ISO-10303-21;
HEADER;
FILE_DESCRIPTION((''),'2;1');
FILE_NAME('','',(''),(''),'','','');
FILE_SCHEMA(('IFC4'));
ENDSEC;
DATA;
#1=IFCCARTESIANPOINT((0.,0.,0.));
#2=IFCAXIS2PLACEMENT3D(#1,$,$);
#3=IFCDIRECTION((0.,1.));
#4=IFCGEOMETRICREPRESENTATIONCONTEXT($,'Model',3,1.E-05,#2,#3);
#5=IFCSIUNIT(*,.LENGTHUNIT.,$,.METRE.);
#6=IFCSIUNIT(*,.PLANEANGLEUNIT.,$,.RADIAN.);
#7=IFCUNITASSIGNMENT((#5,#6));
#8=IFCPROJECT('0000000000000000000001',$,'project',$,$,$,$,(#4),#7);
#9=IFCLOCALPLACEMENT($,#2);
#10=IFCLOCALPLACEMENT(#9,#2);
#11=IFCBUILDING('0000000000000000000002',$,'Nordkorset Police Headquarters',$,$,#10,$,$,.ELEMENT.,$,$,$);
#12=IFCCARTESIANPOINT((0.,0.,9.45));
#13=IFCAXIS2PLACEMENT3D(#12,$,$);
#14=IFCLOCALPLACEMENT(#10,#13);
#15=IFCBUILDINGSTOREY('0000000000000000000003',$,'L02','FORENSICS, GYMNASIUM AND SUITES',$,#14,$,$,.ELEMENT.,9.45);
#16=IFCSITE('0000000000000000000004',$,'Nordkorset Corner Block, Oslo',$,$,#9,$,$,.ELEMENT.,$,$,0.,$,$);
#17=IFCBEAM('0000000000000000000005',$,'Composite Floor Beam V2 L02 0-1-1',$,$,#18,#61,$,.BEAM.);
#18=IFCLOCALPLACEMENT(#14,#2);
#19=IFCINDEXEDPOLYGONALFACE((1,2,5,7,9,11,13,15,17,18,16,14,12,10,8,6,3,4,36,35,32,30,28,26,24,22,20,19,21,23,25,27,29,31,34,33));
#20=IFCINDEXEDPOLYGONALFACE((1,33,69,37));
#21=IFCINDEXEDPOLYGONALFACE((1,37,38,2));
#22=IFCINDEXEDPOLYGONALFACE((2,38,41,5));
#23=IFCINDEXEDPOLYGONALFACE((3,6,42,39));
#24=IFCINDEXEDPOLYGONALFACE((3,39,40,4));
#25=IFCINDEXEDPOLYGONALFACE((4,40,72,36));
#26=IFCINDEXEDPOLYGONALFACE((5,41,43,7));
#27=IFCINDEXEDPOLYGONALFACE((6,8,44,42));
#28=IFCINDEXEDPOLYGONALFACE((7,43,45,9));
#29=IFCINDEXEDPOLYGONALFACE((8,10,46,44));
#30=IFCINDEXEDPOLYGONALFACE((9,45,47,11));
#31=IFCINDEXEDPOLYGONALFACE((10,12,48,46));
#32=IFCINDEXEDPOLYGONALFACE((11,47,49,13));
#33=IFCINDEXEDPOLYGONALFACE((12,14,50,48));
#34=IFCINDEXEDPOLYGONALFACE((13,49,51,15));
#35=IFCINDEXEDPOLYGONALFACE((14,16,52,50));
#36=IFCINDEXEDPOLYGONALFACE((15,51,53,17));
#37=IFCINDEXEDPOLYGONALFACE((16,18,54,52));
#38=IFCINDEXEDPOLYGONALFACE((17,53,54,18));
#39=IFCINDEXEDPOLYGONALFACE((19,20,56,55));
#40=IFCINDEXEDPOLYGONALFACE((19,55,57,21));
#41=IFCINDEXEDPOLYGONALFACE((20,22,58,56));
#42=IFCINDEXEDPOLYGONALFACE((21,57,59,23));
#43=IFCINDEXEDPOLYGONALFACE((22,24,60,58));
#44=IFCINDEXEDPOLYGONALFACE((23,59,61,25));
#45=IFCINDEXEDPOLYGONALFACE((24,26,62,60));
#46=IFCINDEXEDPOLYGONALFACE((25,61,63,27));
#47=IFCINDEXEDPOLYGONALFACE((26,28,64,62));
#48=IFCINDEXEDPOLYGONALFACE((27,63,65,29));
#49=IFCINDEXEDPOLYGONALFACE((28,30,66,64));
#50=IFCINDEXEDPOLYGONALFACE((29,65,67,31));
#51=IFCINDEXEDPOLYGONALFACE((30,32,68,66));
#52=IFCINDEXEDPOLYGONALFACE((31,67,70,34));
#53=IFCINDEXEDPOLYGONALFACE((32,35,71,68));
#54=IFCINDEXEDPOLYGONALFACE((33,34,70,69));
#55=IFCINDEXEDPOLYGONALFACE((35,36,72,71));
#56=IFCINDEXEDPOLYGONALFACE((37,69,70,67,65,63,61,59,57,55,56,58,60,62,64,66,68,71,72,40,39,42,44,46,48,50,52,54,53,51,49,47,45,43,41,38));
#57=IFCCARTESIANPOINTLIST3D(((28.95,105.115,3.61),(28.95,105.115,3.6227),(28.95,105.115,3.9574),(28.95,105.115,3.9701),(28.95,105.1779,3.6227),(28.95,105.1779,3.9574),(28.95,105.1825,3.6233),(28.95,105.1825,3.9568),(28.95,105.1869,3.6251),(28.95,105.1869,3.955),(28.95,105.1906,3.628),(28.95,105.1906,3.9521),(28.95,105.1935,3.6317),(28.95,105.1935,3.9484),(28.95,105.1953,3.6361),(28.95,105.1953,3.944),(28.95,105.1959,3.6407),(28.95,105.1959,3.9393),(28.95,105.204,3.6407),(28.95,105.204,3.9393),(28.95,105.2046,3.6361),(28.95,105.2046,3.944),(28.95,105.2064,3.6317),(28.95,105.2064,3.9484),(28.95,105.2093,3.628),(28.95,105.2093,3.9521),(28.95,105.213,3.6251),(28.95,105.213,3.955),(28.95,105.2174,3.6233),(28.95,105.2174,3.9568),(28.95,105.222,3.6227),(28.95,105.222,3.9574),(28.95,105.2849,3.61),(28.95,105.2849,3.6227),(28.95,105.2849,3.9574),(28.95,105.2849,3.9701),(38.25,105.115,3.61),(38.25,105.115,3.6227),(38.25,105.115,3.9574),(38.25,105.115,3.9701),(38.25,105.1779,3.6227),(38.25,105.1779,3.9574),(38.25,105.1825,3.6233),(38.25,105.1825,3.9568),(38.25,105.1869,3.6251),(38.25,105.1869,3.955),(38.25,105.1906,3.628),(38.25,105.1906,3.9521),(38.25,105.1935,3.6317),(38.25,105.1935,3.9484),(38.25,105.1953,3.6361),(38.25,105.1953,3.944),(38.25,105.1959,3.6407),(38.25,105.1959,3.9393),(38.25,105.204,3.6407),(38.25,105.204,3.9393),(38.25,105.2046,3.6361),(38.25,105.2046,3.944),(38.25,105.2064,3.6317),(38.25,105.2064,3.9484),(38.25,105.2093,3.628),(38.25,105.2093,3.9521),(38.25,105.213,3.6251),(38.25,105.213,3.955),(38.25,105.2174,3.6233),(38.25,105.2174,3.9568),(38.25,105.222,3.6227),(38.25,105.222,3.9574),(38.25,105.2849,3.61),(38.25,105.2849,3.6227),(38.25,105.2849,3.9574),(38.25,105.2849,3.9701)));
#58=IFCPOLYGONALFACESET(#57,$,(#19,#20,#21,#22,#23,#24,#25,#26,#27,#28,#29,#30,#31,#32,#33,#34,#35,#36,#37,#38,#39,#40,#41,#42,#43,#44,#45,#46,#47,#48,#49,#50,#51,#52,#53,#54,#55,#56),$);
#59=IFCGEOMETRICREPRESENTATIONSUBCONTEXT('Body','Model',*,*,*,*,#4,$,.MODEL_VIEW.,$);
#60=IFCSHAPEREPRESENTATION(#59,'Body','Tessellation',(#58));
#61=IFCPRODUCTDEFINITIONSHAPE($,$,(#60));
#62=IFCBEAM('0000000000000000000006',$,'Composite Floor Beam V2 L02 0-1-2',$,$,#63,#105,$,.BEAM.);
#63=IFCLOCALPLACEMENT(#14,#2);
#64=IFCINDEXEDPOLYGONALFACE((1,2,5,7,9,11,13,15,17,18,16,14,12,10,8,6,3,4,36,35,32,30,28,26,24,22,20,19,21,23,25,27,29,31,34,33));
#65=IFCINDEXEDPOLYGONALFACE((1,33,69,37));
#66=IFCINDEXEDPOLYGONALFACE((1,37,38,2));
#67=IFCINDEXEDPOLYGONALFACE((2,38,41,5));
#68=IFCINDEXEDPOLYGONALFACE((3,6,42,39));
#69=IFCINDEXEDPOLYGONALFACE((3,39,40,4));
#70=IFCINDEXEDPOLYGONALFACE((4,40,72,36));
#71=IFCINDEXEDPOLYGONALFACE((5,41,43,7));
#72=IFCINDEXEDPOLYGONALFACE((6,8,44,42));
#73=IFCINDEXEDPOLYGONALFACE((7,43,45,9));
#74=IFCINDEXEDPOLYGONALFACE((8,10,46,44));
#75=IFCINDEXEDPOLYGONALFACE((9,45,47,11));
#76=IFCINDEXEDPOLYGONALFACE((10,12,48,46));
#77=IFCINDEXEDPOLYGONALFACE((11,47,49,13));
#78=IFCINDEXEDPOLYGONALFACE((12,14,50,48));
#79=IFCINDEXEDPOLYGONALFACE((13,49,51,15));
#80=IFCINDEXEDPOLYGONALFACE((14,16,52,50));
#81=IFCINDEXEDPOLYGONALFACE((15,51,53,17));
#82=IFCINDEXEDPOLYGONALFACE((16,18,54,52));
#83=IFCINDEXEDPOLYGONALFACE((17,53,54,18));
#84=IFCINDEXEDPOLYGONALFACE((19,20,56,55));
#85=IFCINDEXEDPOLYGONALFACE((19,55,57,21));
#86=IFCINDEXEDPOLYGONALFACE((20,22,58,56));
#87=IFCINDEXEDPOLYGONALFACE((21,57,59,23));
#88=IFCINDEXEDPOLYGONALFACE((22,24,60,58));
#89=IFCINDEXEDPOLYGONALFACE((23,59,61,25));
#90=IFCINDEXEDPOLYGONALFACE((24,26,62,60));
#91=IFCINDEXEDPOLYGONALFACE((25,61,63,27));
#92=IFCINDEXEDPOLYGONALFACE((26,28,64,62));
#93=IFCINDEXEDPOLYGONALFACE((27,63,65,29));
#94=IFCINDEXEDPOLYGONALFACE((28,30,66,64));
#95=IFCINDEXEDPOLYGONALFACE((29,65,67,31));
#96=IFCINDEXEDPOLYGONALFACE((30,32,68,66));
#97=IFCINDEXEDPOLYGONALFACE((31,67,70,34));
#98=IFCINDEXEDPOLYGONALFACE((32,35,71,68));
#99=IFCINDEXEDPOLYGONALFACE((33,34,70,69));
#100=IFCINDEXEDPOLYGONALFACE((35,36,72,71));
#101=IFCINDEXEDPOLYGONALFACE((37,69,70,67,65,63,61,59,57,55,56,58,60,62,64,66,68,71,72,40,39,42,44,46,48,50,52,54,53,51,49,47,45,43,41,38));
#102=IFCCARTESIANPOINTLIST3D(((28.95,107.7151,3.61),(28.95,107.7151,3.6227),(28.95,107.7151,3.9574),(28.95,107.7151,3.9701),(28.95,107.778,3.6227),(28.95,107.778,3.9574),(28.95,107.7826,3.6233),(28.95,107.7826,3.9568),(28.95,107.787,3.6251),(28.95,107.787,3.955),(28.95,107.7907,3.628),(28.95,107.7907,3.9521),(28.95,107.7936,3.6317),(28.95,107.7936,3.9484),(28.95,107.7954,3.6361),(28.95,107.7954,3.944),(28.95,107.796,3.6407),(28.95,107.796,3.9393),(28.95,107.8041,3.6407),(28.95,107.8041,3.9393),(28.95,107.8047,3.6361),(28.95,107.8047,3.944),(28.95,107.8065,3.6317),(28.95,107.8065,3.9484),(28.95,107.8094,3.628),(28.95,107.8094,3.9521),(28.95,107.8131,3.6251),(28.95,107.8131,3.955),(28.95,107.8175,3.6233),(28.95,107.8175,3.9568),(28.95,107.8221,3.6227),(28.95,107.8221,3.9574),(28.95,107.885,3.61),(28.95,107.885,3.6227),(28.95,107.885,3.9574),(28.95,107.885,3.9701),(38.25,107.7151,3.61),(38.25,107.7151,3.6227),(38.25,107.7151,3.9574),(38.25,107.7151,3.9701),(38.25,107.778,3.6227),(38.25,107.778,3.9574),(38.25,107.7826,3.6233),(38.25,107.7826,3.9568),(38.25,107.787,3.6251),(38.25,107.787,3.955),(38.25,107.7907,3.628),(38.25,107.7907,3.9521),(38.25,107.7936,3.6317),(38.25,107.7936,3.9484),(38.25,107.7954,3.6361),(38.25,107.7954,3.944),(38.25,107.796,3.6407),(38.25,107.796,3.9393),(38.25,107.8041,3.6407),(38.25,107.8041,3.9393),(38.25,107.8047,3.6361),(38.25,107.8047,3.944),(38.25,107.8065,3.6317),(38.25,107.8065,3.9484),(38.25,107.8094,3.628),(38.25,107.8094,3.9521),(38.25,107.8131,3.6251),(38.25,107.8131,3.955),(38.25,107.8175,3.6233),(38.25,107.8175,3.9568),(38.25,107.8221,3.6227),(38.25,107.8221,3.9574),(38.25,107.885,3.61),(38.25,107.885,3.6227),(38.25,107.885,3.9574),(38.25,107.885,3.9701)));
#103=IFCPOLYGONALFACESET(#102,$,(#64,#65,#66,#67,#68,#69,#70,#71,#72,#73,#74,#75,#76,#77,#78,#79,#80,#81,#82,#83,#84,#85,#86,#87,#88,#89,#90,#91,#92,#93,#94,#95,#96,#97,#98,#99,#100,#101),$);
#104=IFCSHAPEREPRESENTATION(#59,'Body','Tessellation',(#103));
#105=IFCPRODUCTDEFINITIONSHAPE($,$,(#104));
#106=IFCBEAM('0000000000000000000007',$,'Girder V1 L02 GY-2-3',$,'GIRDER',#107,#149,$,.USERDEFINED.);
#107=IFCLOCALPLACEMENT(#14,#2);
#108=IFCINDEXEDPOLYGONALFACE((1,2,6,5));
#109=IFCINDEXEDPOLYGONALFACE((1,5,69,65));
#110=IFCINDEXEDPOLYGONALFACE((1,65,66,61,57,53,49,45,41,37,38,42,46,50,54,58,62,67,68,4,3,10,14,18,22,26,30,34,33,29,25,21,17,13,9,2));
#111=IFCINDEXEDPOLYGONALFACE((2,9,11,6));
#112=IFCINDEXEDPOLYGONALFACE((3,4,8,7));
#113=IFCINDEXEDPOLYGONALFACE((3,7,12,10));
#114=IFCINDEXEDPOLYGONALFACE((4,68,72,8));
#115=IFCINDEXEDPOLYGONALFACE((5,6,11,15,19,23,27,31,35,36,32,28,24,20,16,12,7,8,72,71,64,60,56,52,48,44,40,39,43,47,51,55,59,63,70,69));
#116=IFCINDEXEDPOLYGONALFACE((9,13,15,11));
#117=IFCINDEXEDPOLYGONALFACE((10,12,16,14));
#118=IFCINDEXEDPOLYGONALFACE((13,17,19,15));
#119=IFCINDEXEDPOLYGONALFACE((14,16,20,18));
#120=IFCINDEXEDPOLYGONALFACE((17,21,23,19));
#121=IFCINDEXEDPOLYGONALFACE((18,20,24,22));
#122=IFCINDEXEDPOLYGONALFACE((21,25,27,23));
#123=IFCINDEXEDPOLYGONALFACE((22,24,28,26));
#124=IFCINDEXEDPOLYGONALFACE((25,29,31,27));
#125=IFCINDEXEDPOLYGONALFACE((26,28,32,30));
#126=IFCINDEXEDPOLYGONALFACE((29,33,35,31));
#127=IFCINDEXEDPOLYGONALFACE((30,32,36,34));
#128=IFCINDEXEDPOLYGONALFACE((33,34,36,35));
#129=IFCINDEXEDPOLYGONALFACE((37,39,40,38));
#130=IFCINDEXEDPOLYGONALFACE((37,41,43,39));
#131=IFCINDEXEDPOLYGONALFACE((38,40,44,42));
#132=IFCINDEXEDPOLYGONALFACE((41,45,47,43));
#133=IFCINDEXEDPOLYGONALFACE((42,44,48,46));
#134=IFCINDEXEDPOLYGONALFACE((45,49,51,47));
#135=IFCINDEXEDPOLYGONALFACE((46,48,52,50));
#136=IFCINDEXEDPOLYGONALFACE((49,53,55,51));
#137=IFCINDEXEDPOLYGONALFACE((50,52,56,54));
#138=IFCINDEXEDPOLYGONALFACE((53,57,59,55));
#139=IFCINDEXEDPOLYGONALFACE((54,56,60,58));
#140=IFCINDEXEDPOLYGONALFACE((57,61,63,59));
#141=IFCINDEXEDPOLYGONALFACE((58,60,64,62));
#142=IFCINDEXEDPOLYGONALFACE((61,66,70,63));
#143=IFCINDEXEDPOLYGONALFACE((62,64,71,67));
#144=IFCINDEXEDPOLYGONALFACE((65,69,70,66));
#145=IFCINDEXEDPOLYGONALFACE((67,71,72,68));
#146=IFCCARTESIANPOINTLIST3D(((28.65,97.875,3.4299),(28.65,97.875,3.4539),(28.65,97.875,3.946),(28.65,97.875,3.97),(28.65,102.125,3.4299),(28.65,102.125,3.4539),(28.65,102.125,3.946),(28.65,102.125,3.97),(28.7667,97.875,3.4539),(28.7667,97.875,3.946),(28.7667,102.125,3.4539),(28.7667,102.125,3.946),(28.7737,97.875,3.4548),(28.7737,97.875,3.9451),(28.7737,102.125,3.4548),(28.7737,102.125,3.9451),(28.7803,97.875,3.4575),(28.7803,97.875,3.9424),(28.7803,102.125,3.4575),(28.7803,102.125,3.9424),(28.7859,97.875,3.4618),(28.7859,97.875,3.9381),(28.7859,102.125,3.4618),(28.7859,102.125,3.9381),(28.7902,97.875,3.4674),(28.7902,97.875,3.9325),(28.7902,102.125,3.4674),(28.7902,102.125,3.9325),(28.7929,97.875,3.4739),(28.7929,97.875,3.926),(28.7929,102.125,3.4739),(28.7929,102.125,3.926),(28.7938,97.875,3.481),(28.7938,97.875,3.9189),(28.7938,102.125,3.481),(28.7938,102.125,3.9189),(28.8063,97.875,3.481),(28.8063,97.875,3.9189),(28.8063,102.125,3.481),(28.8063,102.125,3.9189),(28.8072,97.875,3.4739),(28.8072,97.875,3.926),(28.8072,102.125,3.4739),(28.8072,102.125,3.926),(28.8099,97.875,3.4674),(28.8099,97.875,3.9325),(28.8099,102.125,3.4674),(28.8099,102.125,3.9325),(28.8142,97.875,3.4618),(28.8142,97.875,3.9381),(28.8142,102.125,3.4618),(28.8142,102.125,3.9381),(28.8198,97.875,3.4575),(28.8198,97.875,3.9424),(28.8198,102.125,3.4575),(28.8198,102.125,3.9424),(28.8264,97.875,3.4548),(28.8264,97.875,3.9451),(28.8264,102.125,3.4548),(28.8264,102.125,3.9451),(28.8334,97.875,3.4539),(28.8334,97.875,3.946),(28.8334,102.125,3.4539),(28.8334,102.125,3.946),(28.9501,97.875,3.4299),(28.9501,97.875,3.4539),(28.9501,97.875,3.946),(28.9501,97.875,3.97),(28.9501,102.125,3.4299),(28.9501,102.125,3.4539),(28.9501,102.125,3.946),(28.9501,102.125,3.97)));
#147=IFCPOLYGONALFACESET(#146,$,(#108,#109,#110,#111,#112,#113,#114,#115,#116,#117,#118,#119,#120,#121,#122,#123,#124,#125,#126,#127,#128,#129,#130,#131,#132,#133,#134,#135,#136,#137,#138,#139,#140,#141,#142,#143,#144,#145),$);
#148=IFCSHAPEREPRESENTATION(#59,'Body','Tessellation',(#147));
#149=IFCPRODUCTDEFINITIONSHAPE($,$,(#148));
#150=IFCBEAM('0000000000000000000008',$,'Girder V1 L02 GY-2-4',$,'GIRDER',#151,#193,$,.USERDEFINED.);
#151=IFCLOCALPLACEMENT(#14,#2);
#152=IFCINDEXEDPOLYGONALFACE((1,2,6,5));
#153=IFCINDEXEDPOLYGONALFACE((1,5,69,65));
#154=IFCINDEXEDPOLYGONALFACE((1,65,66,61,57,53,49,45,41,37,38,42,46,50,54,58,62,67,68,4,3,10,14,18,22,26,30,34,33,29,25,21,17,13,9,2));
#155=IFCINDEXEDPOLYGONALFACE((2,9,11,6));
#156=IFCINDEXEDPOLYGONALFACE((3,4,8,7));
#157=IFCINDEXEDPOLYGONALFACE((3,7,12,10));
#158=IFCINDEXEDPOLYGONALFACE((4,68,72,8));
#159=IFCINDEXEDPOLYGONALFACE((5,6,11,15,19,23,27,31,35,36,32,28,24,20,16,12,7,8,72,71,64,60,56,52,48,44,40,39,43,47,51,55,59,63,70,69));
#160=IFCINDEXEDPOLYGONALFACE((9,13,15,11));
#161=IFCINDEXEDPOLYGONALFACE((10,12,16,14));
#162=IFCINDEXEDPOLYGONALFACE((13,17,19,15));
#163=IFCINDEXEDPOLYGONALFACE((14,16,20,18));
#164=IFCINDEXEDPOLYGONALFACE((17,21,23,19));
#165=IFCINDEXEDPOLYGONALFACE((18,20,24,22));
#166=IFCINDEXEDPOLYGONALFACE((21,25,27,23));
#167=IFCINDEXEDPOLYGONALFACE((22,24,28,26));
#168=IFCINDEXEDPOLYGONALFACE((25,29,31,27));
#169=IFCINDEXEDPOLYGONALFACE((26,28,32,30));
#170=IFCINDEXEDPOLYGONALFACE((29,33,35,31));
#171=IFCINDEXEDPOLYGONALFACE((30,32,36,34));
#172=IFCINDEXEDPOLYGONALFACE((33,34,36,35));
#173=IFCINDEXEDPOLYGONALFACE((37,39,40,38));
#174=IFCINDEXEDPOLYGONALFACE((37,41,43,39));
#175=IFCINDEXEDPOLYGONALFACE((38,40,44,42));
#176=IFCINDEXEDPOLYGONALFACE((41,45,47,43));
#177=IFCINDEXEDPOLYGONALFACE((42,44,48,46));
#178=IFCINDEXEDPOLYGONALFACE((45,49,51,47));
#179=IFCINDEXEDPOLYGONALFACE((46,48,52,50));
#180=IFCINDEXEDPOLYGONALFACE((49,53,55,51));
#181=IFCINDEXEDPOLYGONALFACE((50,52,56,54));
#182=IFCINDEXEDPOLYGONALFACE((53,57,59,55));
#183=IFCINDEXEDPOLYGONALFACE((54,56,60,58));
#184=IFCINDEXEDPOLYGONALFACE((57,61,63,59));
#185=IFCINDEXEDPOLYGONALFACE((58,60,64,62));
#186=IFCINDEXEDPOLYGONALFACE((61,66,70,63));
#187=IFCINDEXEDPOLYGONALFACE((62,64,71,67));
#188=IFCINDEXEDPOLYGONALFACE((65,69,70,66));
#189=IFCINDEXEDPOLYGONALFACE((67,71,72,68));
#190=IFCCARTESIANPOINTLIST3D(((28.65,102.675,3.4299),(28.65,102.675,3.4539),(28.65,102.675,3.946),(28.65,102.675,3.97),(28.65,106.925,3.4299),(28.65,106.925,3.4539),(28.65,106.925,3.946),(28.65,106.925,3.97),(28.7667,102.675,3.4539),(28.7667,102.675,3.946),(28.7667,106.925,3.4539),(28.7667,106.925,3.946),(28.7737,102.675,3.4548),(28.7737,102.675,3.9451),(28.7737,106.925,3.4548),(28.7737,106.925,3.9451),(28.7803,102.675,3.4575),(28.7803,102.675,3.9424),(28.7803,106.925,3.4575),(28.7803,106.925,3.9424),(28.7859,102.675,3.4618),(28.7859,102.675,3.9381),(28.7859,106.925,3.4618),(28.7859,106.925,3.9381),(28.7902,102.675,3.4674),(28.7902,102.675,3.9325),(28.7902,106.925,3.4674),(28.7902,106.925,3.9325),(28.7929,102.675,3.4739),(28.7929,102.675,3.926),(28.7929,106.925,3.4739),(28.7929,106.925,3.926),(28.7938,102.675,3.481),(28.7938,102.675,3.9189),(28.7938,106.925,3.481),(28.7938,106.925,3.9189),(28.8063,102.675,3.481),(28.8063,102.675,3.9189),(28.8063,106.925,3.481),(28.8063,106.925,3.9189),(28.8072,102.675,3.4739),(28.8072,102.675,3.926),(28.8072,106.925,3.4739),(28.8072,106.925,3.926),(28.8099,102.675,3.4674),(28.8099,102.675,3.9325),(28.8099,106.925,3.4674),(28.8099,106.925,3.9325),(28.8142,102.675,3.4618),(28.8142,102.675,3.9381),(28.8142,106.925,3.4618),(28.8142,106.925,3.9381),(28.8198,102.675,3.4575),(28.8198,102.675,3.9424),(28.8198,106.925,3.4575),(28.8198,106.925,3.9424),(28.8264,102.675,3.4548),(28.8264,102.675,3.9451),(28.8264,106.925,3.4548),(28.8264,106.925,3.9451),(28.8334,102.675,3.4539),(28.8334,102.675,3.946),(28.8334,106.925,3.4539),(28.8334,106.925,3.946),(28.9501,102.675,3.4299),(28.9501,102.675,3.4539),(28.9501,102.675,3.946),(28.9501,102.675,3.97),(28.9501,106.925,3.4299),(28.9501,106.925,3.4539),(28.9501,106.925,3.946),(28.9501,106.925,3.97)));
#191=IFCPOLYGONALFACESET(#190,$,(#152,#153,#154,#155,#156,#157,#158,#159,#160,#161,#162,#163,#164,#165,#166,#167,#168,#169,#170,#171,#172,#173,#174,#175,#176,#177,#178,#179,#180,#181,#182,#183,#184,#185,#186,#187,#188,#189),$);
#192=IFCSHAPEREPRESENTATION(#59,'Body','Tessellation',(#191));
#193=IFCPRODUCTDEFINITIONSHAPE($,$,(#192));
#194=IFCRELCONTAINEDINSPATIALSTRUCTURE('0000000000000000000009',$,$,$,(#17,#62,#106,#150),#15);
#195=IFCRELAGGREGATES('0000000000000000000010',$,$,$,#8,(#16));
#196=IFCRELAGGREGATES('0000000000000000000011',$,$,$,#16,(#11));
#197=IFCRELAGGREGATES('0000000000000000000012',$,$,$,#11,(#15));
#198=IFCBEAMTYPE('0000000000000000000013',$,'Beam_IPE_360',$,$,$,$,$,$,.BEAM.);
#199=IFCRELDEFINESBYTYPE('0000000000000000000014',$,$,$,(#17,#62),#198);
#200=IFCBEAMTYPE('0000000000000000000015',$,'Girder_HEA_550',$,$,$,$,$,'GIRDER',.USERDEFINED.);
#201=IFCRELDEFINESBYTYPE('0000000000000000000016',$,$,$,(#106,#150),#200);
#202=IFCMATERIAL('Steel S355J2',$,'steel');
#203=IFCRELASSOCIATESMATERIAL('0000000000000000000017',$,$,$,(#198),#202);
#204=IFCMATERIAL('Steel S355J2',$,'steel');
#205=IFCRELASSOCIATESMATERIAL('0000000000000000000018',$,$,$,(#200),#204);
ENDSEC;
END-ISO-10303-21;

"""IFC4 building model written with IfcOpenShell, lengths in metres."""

from ifc_helpers import new_model, si_unit, direction, frame, origin, origin_2d, place, context, subcontext, project, spatial, i_section, extrude, material, material_profile, profile_set, type_object, element, save


model = new_model("IFC4")

# Units and contexts
model_context = context("Model", 3, precision=1e-05, world=origin(), true_north=direction((0.0, 1.0)))
body_context = subcontext(model_context, "Body", "Model", "MODEL_VIEW")
ifc_project = project(units=[si_unit("LENGTHUNIT", "METRE"), si_unit("PLANEANGLEUNIT", "RADIAN")], contexts=[model_context])

# Site, building, storey
site_placement = place(None, origin())
site = spatial("IfcSite", under=ifc_project, at=site_placement, Name="Nordkorset Corner Block, Oslo", CompositionType="ELEMENT", RefElevation=0.0)
building_placement = place(site_placement, origin())
building = spatial("IfcBuilding", under=site, at=building_placement, Name="Nordkorset Police Headquarters", CompositionType="ELEMENT")
storey_placement = place(building_placement, frame((0.0, 0.0, 9.45)))
storey = spatial("IfcBuildingStorey", under=building, at=storey_placement, Name="L02", Description="FORENSICS, GYMNASIUM AND SUITES", CompositionType="ELEMENT", Elevation=9.45)

# Beams
ifc_material_1 = material(Name="Steel S355J2", Category="steel")
ifc_material_profile_1 = material_profile(ifc_material_1, i_section(OverallWidth=0.1699, OverallDepth=0.3601, WebThickness=0.0081, FlangeThickness=0.0127, FilletRadius=0.0181, at=origin_2d()), Name="IPE 360")
ifc_profile_set_1 = profile_set([ifc_material_profile_1], Name="Steel S355J2")
beam_type_1 = type_object("IfcBeamType", Name="Beam_IPE_360", PredefinedType="BEAM", material=ifc_profile_set_1)
for number, where, z_axis, x_axis, name in (
    (1, (28.95, 105.2, 3.79), (1.0, 0.0, 0.0), (0.0, 1.0, 0.0), "Composite Floor Beam V2 L02 0-1-1"),
    (2, (28.95, 107.8, 3.79), (1.0, 0.0, 0.0), (0.0, 1.0, 0.0), "Composite Floor Beam V2 L02 0-1-2"),
):
    element("IfcBeam", number, at=place(storey_placement, frame(where, z_axis=z_axis, x_axis=x_axis)), inside=storey, type_object=beam_type_1, Name=name, PredefinedType="BEAM", context=body_context, shape_type="SweptSolid", body=[
        extrude(i_section(OverallWidth=0.1699, OverallDepth=0.3601, WebThickness=0.0081, FlangeThickness=0.0127, FilletRadius=0.0181, at=origin_2d()), origin(), (0.0, 0.0, 1.0), 9.3),
    ])
ifc_material_2 = material(Name="Steel S355J2", Category="steel")
ifc_material_profile_2 = material_profile(ifc_material_2, i_section(OverallWidth=0.3, OverallDepth=0.54, WebThickness=0.0125, FlangeThickness=0.0239, FilletRadius=0.0271, at=origin_2d()), Name="HEA 550")
ifc_profile_set_2 = profile_set([ifc_material_profile_2], Name="Steel S355J2")
beam_type_2 = type_object("IfcBeamType", Name="Girder_HEA_550", ElementType="GIRDER", PredefinedType="USERDEFINED", material=ifc_profile_set_2)
for number, where, z_axis, x_axis, name in (
    (3, (28.8, 97.875, 3.7), (0.0, 1.0, 0.0), (-1.0, 0.0, 0.0), "Girder V1 L02 GY-2-3"),
    (4, (28.8, 102.675, 3.7), (0.0, 1.0, 0.0), (-1.0, 0.0, 0.0), "Girder V1 L02 GY-2-4"),
):
    element("IfcBeam", number, at=place(storey_placement, frame(where, z_axis=z_axis, x_axis=x_axis)), inside=storey, type_object=beam_type_2, Name=name, ObjectType="GIRDER", PredefinedType="USERDEFINED", context=body_context, shape_type="SweptSolid", body=[
        extrude(i_section(OverallWidth=0.3, OverallDepth=0.54, WebThickness=0.0125, FlangeThickness=0.0239, FilletRadius=0.0271, at=origin_2d()), origin(), (0.0, 0.0, 1.0), 4.25),
    ])

save(model, "model.ifc")
